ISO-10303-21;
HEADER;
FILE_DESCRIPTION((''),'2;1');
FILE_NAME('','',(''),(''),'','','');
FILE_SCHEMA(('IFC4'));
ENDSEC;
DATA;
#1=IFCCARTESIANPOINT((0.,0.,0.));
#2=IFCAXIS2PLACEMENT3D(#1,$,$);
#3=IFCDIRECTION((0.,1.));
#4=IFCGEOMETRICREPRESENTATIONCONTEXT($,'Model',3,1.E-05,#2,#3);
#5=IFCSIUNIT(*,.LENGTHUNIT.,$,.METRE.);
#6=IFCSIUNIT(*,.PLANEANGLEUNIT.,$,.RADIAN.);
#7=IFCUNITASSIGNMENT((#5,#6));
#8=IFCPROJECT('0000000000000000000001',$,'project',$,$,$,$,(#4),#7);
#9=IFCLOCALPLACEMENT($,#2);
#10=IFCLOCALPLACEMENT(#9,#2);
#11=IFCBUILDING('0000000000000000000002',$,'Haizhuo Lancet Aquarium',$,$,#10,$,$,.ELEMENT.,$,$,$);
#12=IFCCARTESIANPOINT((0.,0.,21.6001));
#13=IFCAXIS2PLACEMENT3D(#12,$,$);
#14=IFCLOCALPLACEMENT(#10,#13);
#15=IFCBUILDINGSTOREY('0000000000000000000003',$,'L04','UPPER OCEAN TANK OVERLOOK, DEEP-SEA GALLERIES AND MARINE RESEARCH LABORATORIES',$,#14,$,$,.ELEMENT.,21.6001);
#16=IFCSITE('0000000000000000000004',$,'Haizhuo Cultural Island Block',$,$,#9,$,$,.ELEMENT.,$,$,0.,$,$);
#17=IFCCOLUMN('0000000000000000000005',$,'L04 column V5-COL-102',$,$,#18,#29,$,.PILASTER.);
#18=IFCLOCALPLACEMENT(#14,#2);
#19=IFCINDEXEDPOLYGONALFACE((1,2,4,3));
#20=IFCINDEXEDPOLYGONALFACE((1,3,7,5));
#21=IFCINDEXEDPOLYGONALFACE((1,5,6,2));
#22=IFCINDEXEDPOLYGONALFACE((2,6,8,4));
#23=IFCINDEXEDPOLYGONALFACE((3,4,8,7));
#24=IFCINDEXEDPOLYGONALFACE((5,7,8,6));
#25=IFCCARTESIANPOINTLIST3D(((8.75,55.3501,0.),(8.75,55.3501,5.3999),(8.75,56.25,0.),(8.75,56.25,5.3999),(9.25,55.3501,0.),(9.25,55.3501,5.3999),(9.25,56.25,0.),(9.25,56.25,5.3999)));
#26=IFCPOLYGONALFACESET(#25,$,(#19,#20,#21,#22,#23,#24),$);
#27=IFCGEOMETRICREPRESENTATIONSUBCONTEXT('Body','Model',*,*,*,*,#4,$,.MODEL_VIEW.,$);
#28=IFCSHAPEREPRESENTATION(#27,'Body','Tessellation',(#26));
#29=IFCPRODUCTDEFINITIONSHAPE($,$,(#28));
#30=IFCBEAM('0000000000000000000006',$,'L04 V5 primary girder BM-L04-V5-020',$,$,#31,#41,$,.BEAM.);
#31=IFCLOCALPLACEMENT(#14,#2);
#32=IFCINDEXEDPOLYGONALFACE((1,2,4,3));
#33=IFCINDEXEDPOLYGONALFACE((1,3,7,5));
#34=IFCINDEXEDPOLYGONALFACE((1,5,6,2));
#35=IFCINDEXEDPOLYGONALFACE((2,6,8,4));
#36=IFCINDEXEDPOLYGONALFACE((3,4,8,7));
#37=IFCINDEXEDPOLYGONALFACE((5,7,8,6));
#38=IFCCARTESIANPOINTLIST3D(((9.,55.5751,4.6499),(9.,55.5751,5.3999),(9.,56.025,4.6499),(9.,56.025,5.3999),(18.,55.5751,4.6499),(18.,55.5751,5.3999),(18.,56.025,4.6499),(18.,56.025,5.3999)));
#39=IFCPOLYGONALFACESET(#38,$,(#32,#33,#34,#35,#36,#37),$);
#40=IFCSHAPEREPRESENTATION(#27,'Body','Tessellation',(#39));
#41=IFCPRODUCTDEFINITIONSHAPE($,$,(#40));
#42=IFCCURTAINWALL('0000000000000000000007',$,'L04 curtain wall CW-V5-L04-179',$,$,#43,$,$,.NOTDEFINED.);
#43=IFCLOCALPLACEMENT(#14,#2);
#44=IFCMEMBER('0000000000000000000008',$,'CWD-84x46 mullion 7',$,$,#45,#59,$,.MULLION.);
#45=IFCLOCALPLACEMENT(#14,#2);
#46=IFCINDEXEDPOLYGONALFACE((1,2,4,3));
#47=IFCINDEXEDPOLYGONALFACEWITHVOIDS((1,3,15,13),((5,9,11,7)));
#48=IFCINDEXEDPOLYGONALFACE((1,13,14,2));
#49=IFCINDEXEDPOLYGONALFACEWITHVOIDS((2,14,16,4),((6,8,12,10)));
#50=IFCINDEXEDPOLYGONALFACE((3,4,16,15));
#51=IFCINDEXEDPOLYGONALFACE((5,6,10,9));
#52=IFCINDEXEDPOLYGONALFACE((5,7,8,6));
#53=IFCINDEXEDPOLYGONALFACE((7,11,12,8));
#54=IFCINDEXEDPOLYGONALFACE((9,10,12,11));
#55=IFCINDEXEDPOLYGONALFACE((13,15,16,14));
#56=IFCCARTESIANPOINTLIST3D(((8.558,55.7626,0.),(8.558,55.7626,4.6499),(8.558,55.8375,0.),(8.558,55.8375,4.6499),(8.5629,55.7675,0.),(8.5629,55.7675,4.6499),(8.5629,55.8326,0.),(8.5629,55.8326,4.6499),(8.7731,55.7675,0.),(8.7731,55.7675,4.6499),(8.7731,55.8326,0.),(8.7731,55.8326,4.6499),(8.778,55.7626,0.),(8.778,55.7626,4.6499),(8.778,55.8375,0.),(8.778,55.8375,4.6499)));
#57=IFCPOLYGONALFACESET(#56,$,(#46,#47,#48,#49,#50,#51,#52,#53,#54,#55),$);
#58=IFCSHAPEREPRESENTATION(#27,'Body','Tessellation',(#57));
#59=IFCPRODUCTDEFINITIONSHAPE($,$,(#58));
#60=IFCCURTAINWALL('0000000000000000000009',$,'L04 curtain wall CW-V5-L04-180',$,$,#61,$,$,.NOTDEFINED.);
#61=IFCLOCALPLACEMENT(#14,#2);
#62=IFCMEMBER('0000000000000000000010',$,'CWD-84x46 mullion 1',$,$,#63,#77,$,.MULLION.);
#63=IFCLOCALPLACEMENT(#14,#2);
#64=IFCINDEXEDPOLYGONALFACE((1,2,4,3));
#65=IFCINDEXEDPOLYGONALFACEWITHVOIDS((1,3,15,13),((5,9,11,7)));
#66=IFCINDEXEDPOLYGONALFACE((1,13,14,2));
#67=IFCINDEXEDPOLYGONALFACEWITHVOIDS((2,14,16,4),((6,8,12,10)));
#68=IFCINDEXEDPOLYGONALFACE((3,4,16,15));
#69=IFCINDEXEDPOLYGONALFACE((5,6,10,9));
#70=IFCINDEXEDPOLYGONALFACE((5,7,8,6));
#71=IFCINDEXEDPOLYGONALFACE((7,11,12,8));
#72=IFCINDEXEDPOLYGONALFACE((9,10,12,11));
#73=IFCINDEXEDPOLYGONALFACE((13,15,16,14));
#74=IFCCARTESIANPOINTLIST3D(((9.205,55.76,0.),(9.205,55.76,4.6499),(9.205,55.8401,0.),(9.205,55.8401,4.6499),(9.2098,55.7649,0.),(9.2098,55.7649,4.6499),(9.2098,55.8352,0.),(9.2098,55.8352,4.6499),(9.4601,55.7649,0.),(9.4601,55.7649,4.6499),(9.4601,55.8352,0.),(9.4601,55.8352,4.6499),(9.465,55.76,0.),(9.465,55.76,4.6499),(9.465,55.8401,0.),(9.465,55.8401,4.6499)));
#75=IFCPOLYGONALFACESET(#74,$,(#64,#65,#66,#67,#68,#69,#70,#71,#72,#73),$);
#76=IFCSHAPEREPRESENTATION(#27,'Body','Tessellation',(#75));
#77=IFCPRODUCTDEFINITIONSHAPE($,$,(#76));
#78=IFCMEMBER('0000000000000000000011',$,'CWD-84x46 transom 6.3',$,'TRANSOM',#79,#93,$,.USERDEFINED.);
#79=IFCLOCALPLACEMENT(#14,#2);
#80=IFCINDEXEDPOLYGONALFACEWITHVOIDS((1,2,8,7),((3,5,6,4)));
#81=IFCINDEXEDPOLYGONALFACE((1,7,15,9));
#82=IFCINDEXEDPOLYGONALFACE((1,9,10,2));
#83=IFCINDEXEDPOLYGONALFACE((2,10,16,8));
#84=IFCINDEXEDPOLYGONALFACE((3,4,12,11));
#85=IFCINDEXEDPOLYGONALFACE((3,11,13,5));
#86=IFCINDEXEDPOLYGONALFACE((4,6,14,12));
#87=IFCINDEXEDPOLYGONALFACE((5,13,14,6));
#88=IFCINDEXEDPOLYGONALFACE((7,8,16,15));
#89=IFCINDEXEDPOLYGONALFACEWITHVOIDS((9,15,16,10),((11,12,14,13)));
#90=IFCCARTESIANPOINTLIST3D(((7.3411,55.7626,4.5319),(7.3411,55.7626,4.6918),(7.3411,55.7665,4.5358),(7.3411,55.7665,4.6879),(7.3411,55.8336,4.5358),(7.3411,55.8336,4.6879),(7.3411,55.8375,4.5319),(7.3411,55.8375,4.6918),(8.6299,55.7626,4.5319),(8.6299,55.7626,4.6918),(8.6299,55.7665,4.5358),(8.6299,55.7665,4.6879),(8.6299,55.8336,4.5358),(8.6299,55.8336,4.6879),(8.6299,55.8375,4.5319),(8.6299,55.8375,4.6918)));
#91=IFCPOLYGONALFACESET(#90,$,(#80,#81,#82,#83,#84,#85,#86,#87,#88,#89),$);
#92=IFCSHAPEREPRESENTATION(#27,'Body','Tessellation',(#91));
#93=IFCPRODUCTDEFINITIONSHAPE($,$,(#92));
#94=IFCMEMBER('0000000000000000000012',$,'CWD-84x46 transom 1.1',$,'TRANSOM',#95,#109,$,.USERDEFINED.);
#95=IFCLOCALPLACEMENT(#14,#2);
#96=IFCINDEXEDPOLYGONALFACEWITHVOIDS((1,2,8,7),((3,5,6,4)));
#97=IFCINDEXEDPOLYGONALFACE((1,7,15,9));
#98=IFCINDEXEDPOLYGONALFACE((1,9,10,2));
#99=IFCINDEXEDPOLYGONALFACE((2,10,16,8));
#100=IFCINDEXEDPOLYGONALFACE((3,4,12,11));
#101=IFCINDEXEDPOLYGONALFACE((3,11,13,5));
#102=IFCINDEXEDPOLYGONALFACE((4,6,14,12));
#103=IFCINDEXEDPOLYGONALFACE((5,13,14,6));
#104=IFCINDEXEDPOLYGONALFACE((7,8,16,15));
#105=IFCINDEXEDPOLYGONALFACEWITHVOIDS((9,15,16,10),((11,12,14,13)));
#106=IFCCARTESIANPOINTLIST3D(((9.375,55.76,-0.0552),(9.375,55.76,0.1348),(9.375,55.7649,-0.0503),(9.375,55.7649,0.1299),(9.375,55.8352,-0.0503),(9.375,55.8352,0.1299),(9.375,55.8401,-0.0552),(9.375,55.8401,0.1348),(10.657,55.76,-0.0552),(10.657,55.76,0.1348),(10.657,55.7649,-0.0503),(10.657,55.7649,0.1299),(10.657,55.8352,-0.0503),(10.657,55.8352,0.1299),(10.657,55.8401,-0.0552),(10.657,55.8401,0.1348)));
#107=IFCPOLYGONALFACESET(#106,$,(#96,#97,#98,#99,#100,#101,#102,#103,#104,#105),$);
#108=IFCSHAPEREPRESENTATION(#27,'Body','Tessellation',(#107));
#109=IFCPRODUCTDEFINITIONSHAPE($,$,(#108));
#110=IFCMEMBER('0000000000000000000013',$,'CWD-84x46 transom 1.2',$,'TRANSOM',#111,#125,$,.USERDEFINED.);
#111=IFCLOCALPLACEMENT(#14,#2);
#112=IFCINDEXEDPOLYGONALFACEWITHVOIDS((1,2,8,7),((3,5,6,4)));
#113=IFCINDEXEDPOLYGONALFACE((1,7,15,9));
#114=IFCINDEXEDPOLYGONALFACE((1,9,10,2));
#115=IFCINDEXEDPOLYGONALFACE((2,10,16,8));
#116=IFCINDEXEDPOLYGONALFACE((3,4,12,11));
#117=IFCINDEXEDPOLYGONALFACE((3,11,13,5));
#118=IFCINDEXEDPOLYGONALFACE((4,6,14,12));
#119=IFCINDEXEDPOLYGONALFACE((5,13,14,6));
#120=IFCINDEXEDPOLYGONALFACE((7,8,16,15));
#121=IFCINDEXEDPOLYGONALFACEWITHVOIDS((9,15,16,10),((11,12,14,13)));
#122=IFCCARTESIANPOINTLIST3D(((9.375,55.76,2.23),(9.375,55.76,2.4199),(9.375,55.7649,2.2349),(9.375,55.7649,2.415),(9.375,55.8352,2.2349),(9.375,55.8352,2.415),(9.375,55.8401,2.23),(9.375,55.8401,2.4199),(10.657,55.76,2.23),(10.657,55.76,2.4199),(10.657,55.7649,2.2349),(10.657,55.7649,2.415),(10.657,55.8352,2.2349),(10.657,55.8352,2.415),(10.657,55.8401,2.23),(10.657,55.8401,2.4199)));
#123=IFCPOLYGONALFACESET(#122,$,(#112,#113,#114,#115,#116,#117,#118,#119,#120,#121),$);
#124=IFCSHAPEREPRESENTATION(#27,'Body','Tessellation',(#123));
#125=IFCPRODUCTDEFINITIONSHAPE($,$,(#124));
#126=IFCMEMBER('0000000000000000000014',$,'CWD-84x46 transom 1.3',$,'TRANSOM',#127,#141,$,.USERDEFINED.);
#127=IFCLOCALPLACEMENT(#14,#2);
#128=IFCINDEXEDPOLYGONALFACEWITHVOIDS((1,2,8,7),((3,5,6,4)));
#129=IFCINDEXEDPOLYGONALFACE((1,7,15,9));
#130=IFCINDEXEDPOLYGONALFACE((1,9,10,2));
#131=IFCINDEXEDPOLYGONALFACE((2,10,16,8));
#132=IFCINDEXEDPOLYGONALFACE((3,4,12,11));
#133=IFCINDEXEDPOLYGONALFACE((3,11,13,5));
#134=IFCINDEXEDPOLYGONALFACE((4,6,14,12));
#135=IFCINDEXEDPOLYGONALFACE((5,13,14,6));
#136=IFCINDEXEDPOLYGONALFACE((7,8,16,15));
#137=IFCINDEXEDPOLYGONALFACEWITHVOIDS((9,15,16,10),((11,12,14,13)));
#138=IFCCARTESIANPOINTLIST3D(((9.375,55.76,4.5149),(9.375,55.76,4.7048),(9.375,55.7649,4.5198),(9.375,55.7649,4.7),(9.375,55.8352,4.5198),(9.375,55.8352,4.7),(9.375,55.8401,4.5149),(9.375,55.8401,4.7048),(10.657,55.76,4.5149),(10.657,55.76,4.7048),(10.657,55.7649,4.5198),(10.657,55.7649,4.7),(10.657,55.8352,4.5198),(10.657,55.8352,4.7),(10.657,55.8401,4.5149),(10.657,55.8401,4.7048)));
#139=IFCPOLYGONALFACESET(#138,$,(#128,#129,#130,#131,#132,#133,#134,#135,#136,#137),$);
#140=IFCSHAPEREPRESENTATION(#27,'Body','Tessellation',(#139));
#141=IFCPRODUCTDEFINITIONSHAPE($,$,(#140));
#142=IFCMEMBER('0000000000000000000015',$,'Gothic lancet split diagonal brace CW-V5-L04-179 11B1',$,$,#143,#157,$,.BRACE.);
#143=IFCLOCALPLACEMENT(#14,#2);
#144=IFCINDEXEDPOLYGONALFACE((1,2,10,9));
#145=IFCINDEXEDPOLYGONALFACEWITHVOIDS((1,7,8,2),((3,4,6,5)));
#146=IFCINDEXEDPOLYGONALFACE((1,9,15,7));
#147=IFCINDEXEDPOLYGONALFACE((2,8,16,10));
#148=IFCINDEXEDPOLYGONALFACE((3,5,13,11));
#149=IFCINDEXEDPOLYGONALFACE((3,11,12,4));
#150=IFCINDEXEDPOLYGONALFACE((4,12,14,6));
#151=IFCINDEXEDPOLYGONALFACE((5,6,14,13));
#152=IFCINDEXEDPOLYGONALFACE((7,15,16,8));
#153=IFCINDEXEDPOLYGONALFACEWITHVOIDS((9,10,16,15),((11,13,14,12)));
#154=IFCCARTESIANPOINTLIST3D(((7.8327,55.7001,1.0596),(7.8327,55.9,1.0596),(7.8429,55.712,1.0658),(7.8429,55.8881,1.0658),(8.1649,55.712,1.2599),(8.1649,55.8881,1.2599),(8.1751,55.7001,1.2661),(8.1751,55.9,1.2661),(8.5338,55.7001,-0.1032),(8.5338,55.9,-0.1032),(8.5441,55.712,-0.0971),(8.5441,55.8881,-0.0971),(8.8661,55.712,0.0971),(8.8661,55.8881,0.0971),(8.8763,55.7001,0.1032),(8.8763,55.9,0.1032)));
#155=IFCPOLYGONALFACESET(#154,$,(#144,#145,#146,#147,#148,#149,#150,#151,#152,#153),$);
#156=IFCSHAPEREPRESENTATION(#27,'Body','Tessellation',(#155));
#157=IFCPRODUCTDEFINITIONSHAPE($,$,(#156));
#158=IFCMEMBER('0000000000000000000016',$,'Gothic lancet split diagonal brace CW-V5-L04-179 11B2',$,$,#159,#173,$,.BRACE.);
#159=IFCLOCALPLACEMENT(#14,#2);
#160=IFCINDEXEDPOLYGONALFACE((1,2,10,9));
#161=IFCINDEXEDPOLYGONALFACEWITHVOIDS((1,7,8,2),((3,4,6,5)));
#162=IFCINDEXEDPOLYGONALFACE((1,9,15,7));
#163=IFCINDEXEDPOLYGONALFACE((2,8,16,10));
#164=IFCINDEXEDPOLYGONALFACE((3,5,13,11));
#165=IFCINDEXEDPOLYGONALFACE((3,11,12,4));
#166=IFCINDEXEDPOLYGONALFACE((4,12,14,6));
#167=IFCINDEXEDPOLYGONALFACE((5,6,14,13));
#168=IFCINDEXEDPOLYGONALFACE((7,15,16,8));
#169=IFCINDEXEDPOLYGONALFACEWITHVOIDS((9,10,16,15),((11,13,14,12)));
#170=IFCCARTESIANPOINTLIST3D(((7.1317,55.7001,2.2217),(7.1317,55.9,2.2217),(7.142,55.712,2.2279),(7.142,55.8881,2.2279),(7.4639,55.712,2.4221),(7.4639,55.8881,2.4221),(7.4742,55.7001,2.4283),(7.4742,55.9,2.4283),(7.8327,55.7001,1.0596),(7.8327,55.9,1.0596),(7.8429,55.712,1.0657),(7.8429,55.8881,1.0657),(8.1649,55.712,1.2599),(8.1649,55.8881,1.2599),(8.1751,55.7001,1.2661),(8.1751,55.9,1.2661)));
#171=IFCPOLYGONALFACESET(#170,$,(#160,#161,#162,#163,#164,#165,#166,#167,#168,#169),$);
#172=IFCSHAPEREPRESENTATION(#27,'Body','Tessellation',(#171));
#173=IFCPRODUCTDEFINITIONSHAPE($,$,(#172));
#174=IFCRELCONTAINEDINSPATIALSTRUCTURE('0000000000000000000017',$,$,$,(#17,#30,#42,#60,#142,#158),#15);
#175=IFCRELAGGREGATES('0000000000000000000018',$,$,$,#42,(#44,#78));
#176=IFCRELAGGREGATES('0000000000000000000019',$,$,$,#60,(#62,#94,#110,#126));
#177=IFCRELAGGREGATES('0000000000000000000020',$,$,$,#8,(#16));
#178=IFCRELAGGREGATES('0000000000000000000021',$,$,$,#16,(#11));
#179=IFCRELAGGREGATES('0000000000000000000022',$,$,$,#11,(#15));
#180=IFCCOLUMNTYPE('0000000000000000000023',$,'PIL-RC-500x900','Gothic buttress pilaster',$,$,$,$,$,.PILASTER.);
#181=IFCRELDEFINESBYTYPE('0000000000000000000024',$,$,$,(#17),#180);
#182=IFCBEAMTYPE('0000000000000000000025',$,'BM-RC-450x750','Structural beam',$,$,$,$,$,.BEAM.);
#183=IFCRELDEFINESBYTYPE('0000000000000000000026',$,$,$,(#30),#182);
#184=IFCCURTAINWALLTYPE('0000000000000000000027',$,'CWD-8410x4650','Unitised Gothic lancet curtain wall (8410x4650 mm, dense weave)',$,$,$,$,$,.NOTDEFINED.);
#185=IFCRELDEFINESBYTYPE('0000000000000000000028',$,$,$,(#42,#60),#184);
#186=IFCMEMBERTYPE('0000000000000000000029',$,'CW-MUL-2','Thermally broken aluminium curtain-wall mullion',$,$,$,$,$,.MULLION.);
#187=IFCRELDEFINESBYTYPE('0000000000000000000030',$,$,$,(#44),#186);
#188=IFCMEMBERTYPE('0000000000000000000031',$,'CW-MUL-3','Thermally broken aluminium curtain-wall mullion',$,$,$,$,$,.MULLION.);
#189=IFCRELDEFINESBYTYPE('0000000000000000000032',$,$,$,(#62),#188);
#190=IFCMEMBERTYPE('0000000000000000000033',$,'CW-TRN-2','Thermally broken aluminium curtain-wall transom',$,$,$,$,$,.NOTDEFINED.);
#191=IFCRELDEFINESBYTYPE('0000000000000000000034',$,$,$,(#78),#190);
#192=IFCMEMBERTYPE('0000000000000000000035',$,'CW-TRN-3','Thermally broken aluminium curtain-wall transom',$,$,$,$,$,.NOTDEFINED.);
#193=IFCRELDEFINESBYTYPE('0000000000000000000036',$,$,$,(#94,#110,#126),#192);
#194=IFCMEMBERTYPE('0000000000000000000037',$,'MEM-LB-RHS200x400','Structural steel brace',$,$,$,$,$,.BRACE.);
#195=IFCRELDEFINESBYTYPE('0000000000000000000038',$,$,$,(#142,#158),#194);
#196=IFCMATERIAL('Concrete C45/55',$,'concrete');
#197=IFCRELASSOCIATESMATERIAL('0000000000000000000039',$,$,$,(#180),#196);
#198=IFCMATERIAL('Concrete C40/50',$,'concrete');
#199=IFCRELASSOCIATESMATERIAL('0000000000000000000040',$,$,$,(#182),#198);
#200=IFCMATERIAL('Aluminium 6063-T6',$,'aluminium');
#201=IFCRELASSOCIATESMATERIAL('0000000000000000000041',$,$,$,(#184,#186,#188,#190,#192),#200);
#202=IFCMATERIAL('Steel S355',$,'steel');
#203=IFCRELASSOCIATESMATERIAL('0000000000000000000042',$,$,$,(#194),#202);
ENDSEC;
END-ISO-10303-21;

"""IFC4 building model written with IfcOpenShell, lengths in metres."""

from ifc_helpers import new_model, si_unit, direction, frame, origin, origin_2d, place, context, subcontext, project, spatial, rectangle, hollow_rectangle, extrude, material, material_profile, profile_set, type_object, element, aggregate, save


model = new_model("IFC4")

# Units and contexts
model_context = context("Model", 3, precision=1e-05, world=origin(), true_north=direction((0.0, 1.0)))
body_context = subcontext(model_context, "Body", "Model", "MODEL_VIEW")
ifc_project = project(units=[si_unit("LENGTHUNIT", "METRE"), si_unit("PLANEANGLEUNIT", "RADIAN")], contexts=[model_context])

# Site, building, storey
site_placement = place(None, origin())
site = spatial("IfcSite", under=ifc_project, at=site_placement, Name="Haizhuo Cultural Island Block", CompositionType="ELEMENT", RefElevation=0.0)
building_placement = place(site_placement, origin())
building = spatial("IfcBuilding", under=site, at=building_placement, Name="Haizhuo Lancet Aquarium", CompositionType="ELEMENT")
storey_placement = place(building_placement, frame((0.0, 0.0, 21.6001)))
storey = spatial("IfcBuildingStorey", under=building, at=storey_placement, Name="L04", Description="UPPER OCEAN TANK OVERLOOK, DEEP-SEA GALLERIES AND MARINE RESEARCH LABORATORIES", CompositionType="ELEMENT", Elevation=21.6001)

# Column
ifc_material_1 = material(Name="Concrete C45/55", Category="concrete")
ifc_material_profile_1 = material_profile(ifc_material_1, rectangle(XDim=0.5, YDim=0.8999, at=origin_2d()), Name="RC-PIL 500x900")
ifc_profile_set_1 = profile_set([ifc_material_profile_1], Name="Concrete C45/55")
column_type = type_object("IfcColumnType", Name="PIL-RC-500x900", Description="Gothic buttress pilaster", PredefinedType="PILASTER", material=ifc_profile_set_1)
column_placement = place(storey_placement, frame((9.0, 55.8, 0.0), z_axis=(0.0, 0.0, 1.0), x_axis=(1.0, 0.0, 0.0)))
element("IfcColumn", 1, at=column_placement, inside=storey, type_object=column_type, Name="L04 column V5-COL-102", PredefinedType="PILASTER", context=body_context, shape_type="SweptSolid", body=[
    extrude(rectangle(XDim=0.5, YDim=0.8999, at=origin_2d()), origin(), (0.0, 0.0, 1.0), 5.3999),
])

# Beam
ifc_material_2 = material(Name="Concrete C40/50", Category="concrete")
ifc_material_profile_2 = material_profile(ifc_material_2, rectangle(XDim=0.45, YDim=0.75, at=origin_2d()), Name="RC-BM 450x750")
ifc_profile_set_2 = profile_set([ifc_material_profile_2], Name="Concrete C40/50")
beam_type = type_object("IfcBeamType", Name="BM-RC-450x750", Description="Structural beam", PredefinedType="BEAM", material=ifc_profile_set_2)
beam_placement = place(storey_placement, frame((9.0, 55.8, 5.0249), z_axis=(1.0, 0.0, 0.0), x_axis=(0.0, 1.0, 0.0)))
element("IfcBeam", 2, at=beam_placement, inside=storey, type_object=beam_type, Name="L04 V5 primary girder BM-L04-V5-020", PredefinedType="BEAM", context=body_context, shape_type="SweptSolid", body=[
    extrude(rectangle(XDim=0.45, YDim=0.75, at=origin_2d()), origin(), (0.0, 0.0, 1.0), 9.0),
])

# Curtain walls, members
ifc_material_3 = material(Name="Aluminium 6063-T6", Category="aluminium")
curtain_wall_type = type_object("IfcCurtainWallType", Name="CWD-8410x4650", Description="Unitised Gothic lancet curtain wall (8410x4650 mm, dense weave)", PredefinedType="NOTDEFINED", material=ifc_material_3)
curtain_wall_1_placement = place(storey_placement, origin())
curtain_wall_1 = element("IfcCurtainWall", 3, at=curtain_wall_1_placement, inside=storey, type_object=curtain_wall_type, Name="L04 curtain wall CW-V5-L04-179", PredefinedType="NOTDEFINED")
ifc_material_profile_3 = material_profile(ifc_material_3, hollow_rectangle(XDim=0.075, YDim=0.22, WallThickness=0.0049, at=origin_2d()), Name="ALU-M 75x220x5")
ifc_profile_set_3 = profile_set([ifc_material_profile_3], Name="Aluminium 6063-T6")
member_type_1 = type_object("IfcMemberType", Name="CW-MUL-2", Description="Thermally broken aluminium curtain-wall mullion", PredefinedType="MULLION", material=ifc_profile_set_3)
member_1_placement = place(storey_placement, frame((8.668, 55.8, 0.0), z_axis=(0.0, 0.0, 1.0), x_axis=(0.0, 1.0, 0.0)))
member_1 = element("IfcMember", 4, at=member_1_placement, type_object=member_type_1, Name="CWD-84x46 mullion 7", PredefinedType="MULLION", context=body_context, shape_type="SweptSolid", body=[
    extrude(hollow_rectangle(XDim=0.075, YDim=0.22, WallThickness=0.0049, at=origin_2d()), origin(), (0.0, 0.0, 1.0), 4.6499),
])
curtain_wall_2_placement = place(storey_placement, origin())
curtain_wall_2 = element("IfcCurtainWall", 5, at=curtain_wall_2_placement, inside=storey, type_object=curtain_wall_type, Name="L04 curtain wall CW-V5-L04-180", PredefinedType="NOTDEFINED")
ifc_material_profile_4 = material_profile(ifc_material_3, hollow_rectangle(XDim=0.0801, YDim=0.26, WallThickness=0.0049, at=origin_2d()), Name="ALU-M 80x260x5")
ifc_profile_set_4 = profile_set([ifc_material_profile_4], Name="Aluminium 6063-T6")
member_type_2 = type_object("IfcMemberType", Name="CW-MUL-3", Description="Thermally broken aluminium curtain-wall mullion", PredefinedType="MULLION", material=ifc_profile_set_4)
member_2_placement = place(storey_placement, frame((9.335, 55.8, 0.0), z_axis=(0.0, 0.0, 1.0), x_axis=(0.0, 1.0, 0.0)))
member_2 = element("IfcMember", 6, at=member_2_placement, type_object=member_type_2, Name="CWD-84x46 mullion 1", PredefinedType="MULLION", context=body_context, shape_type="SweptSolid", body=[
    extrude(hollow_rectangle(XDim=0.0801, YDim=0.26, WallThickness=0.0049, at=origin_2d()), origin(), (0.0, 0.0, 1.0), 4.6499),
])

# Members
ifc_material_profile_5 = material_profile(ifc_material_3, hollow_rectangle(XDim=0.075, YDim=0.1599, WallThickness=0.0039, at=origin_2d()), Name="ALU-T 75x160x4")
ifc_profile_set_5 = profile_set([ifc_material_profile_5], Name="Aluminium 6063-T6")
member_type_3 = type_object("IfcMemberType", Name="CW-TRN-2", Description="Thermally broken aluminium curtain-wall transom", PredefinedType="NOTDEFINED", material=ifc_profile_set_5)
member_3_placement = place(storey_placement, frame((7.3411, 55.8, 4.6118), z_axis=(1.0, 0.0, 0.0), x_axis=(0.0, 1.0, 0.0)))
member_3 = element("IfcMember", 7, at=member_3_placement, type_object=member_type_3, Name="CWD-84x46 transom 6.3", ObjectType="TRANSOM", PredefinedType="USERDEFINED", context=body_context, shape_type="SweptSolid", body=[
    extrude(hollow_rectangle(XDim=0.075, YDim=0.1599, WallThickness=0.0039, at=origin_2d()), origin(), (0.0, 0.0, 1.0), 1.2888),
])
ifc_material_profile_6 = material_profile(ifc_material_3, hollow_rectangle(XDim=0.0801, YDim=0.1899, WallThickness=0.0049, at=origin_2d()), Name="ALU-T 80x190x5")
ifc_profile_set_6 = profile_set([ifc_material_profile_6], Name="Aluminium 6063-T6")
member_type_4 = type_object("IfcMemberType", Name="CW-TRN-3", Description="Thermally broken aluminium curtain-wall transom", PredefinedType="NOTDEFINED", material=ifc_profile_set_6)
member_4_placement = place(storey_placement, frame((9.375, 55.8, 0.0398), z_axis=(1.0, 0.0, 0.0), x_axis=(0.0, 1.0, 0.0)))
member_4 = element("IfcMember", 8, at=member_4_placement, type_object=member_type_4, Name="CWD-84x46 transom 1.1", ObjectType="TRANSOM", PredefinedType="USERDEFINED", context=body_context, shape_type="SweptSolid", body=[
    extrude(hollow_rectangle(XDim=0.0801, YDim=0.1899, WallThickness=0.0049, at=origin_2d()), origin(), (0.0, 0.0, 1.0), 1.282),
])
member_5_placement = place(storey_placement, frame((9.375, 55.8, 2.325), z_axis=(1.0, 0.0, 0.0), x_axis=(0.0, 1.0, 0.0)))
member_5 = element("IfcMember", 9, at=member_5_placement, type_object=member_type_4, Name="CWD-84x46 transom 1.2", ObjectType="TRANSOM", PredefinedType="USERDEFINED", context=body_context, shape_type="SweptSolid", body=[
    extrude(hollow_rectangle(XDim=0.0801, YDim=0.1899, WallThickness=0.0049, at=origin_2d()), origin(), (0.0, 0.0, 1.0), 1.282),
])
member_6_placement = place(storey_placement, frame((9.375, 55.8, 4.6099), z_axis=(1.0, 0.0, 0.0), x_axis=(0.0, 1.0, 0.0)))
member_6 = element("IfcMember", 10, at=member_6_placement, type_object=member_type_4, Name="CWD-84x46 transom 1.3", ObjectType="TRANSOM", PredefinedType="USERDEFINED", context=body_context, shape_type="SweptSolid", body=[
    extrude(hollow_rectangle(XDim=0.0801, YDim=0.1899, WallThickness=0.0049, at=origin_2d()), origin(), (0.0, 0.0, 1.0), 1.282),
])

# Members
ifc_material_4 = material(Name="Steel S355", Category="steel")
ifc_material_profile_7 = material_profile(ifc_material_4, hollow_rectangle(XDim=0.2, YDim=0.3999, WallThickness=0.012, at=origin_2d()), Name="RHS 200x400x12")
ifc_profile_set_7 = profile_set([ifc_material_profile_7], Name="Steel S355")
member_type_5 = type_object("IfcMemberType", Name="MEM-LB-RHS200x400", Description="Structural steel brace", PredefinedType="BRACE", material=ifc_profile_set_7)
member_7_placement = place(storey_placement, frame((8.7051, 55.8, 0.0), z_axis=(-0.516372, 0.0, 0.856365), x_axis=(0.0, -1.0, 0.0)))
element("IfcMember", 11, at=member_7_placement, inside=storey, type_object=member_type_5, Name="Gothic lancet split diagonal brace CW-V5-L04-179 11B1", PredefinedType="BRACE", context=body_context, shape_type="SweptSolid", body=[
    extrude(hollow_rectangle(XDim=0.2, YDim=0.3999, WallThickness=0.012, at=origin_2d()), origin(), (0.0, 0.0, 1.0), 1.3579),
])
member_8_placement = place(storey_placement, frame((8.0039, 55.8, 1.1628), z_axis=(-0.516479, 0.0, 0.8563), x_axis=(0.0, -1.0, 0.0)))
element("IfcMember", 12, at=member_8_placement, inside=storey, type_object=member_type_5, Name="Gothic lancet split diagonal brace CW-V5-L04-179 11B2", PredefinedType="BRACE", context=body_context, shape_type="SweptSolid", body=[
    extrude(hollow_rectangle(XDim=0.2, YDim=0.3999, WallThickness=0.012, at=origin_2d()), origin(), (0.0, 0.0, 1.0), 1.3572),
])

aggregate(curtain_wall_1, [member_1, member_3])
aggregate(curtain_wall_2, [member_2, member_4, member_5, member_6])

save(model, "model.ifc")
